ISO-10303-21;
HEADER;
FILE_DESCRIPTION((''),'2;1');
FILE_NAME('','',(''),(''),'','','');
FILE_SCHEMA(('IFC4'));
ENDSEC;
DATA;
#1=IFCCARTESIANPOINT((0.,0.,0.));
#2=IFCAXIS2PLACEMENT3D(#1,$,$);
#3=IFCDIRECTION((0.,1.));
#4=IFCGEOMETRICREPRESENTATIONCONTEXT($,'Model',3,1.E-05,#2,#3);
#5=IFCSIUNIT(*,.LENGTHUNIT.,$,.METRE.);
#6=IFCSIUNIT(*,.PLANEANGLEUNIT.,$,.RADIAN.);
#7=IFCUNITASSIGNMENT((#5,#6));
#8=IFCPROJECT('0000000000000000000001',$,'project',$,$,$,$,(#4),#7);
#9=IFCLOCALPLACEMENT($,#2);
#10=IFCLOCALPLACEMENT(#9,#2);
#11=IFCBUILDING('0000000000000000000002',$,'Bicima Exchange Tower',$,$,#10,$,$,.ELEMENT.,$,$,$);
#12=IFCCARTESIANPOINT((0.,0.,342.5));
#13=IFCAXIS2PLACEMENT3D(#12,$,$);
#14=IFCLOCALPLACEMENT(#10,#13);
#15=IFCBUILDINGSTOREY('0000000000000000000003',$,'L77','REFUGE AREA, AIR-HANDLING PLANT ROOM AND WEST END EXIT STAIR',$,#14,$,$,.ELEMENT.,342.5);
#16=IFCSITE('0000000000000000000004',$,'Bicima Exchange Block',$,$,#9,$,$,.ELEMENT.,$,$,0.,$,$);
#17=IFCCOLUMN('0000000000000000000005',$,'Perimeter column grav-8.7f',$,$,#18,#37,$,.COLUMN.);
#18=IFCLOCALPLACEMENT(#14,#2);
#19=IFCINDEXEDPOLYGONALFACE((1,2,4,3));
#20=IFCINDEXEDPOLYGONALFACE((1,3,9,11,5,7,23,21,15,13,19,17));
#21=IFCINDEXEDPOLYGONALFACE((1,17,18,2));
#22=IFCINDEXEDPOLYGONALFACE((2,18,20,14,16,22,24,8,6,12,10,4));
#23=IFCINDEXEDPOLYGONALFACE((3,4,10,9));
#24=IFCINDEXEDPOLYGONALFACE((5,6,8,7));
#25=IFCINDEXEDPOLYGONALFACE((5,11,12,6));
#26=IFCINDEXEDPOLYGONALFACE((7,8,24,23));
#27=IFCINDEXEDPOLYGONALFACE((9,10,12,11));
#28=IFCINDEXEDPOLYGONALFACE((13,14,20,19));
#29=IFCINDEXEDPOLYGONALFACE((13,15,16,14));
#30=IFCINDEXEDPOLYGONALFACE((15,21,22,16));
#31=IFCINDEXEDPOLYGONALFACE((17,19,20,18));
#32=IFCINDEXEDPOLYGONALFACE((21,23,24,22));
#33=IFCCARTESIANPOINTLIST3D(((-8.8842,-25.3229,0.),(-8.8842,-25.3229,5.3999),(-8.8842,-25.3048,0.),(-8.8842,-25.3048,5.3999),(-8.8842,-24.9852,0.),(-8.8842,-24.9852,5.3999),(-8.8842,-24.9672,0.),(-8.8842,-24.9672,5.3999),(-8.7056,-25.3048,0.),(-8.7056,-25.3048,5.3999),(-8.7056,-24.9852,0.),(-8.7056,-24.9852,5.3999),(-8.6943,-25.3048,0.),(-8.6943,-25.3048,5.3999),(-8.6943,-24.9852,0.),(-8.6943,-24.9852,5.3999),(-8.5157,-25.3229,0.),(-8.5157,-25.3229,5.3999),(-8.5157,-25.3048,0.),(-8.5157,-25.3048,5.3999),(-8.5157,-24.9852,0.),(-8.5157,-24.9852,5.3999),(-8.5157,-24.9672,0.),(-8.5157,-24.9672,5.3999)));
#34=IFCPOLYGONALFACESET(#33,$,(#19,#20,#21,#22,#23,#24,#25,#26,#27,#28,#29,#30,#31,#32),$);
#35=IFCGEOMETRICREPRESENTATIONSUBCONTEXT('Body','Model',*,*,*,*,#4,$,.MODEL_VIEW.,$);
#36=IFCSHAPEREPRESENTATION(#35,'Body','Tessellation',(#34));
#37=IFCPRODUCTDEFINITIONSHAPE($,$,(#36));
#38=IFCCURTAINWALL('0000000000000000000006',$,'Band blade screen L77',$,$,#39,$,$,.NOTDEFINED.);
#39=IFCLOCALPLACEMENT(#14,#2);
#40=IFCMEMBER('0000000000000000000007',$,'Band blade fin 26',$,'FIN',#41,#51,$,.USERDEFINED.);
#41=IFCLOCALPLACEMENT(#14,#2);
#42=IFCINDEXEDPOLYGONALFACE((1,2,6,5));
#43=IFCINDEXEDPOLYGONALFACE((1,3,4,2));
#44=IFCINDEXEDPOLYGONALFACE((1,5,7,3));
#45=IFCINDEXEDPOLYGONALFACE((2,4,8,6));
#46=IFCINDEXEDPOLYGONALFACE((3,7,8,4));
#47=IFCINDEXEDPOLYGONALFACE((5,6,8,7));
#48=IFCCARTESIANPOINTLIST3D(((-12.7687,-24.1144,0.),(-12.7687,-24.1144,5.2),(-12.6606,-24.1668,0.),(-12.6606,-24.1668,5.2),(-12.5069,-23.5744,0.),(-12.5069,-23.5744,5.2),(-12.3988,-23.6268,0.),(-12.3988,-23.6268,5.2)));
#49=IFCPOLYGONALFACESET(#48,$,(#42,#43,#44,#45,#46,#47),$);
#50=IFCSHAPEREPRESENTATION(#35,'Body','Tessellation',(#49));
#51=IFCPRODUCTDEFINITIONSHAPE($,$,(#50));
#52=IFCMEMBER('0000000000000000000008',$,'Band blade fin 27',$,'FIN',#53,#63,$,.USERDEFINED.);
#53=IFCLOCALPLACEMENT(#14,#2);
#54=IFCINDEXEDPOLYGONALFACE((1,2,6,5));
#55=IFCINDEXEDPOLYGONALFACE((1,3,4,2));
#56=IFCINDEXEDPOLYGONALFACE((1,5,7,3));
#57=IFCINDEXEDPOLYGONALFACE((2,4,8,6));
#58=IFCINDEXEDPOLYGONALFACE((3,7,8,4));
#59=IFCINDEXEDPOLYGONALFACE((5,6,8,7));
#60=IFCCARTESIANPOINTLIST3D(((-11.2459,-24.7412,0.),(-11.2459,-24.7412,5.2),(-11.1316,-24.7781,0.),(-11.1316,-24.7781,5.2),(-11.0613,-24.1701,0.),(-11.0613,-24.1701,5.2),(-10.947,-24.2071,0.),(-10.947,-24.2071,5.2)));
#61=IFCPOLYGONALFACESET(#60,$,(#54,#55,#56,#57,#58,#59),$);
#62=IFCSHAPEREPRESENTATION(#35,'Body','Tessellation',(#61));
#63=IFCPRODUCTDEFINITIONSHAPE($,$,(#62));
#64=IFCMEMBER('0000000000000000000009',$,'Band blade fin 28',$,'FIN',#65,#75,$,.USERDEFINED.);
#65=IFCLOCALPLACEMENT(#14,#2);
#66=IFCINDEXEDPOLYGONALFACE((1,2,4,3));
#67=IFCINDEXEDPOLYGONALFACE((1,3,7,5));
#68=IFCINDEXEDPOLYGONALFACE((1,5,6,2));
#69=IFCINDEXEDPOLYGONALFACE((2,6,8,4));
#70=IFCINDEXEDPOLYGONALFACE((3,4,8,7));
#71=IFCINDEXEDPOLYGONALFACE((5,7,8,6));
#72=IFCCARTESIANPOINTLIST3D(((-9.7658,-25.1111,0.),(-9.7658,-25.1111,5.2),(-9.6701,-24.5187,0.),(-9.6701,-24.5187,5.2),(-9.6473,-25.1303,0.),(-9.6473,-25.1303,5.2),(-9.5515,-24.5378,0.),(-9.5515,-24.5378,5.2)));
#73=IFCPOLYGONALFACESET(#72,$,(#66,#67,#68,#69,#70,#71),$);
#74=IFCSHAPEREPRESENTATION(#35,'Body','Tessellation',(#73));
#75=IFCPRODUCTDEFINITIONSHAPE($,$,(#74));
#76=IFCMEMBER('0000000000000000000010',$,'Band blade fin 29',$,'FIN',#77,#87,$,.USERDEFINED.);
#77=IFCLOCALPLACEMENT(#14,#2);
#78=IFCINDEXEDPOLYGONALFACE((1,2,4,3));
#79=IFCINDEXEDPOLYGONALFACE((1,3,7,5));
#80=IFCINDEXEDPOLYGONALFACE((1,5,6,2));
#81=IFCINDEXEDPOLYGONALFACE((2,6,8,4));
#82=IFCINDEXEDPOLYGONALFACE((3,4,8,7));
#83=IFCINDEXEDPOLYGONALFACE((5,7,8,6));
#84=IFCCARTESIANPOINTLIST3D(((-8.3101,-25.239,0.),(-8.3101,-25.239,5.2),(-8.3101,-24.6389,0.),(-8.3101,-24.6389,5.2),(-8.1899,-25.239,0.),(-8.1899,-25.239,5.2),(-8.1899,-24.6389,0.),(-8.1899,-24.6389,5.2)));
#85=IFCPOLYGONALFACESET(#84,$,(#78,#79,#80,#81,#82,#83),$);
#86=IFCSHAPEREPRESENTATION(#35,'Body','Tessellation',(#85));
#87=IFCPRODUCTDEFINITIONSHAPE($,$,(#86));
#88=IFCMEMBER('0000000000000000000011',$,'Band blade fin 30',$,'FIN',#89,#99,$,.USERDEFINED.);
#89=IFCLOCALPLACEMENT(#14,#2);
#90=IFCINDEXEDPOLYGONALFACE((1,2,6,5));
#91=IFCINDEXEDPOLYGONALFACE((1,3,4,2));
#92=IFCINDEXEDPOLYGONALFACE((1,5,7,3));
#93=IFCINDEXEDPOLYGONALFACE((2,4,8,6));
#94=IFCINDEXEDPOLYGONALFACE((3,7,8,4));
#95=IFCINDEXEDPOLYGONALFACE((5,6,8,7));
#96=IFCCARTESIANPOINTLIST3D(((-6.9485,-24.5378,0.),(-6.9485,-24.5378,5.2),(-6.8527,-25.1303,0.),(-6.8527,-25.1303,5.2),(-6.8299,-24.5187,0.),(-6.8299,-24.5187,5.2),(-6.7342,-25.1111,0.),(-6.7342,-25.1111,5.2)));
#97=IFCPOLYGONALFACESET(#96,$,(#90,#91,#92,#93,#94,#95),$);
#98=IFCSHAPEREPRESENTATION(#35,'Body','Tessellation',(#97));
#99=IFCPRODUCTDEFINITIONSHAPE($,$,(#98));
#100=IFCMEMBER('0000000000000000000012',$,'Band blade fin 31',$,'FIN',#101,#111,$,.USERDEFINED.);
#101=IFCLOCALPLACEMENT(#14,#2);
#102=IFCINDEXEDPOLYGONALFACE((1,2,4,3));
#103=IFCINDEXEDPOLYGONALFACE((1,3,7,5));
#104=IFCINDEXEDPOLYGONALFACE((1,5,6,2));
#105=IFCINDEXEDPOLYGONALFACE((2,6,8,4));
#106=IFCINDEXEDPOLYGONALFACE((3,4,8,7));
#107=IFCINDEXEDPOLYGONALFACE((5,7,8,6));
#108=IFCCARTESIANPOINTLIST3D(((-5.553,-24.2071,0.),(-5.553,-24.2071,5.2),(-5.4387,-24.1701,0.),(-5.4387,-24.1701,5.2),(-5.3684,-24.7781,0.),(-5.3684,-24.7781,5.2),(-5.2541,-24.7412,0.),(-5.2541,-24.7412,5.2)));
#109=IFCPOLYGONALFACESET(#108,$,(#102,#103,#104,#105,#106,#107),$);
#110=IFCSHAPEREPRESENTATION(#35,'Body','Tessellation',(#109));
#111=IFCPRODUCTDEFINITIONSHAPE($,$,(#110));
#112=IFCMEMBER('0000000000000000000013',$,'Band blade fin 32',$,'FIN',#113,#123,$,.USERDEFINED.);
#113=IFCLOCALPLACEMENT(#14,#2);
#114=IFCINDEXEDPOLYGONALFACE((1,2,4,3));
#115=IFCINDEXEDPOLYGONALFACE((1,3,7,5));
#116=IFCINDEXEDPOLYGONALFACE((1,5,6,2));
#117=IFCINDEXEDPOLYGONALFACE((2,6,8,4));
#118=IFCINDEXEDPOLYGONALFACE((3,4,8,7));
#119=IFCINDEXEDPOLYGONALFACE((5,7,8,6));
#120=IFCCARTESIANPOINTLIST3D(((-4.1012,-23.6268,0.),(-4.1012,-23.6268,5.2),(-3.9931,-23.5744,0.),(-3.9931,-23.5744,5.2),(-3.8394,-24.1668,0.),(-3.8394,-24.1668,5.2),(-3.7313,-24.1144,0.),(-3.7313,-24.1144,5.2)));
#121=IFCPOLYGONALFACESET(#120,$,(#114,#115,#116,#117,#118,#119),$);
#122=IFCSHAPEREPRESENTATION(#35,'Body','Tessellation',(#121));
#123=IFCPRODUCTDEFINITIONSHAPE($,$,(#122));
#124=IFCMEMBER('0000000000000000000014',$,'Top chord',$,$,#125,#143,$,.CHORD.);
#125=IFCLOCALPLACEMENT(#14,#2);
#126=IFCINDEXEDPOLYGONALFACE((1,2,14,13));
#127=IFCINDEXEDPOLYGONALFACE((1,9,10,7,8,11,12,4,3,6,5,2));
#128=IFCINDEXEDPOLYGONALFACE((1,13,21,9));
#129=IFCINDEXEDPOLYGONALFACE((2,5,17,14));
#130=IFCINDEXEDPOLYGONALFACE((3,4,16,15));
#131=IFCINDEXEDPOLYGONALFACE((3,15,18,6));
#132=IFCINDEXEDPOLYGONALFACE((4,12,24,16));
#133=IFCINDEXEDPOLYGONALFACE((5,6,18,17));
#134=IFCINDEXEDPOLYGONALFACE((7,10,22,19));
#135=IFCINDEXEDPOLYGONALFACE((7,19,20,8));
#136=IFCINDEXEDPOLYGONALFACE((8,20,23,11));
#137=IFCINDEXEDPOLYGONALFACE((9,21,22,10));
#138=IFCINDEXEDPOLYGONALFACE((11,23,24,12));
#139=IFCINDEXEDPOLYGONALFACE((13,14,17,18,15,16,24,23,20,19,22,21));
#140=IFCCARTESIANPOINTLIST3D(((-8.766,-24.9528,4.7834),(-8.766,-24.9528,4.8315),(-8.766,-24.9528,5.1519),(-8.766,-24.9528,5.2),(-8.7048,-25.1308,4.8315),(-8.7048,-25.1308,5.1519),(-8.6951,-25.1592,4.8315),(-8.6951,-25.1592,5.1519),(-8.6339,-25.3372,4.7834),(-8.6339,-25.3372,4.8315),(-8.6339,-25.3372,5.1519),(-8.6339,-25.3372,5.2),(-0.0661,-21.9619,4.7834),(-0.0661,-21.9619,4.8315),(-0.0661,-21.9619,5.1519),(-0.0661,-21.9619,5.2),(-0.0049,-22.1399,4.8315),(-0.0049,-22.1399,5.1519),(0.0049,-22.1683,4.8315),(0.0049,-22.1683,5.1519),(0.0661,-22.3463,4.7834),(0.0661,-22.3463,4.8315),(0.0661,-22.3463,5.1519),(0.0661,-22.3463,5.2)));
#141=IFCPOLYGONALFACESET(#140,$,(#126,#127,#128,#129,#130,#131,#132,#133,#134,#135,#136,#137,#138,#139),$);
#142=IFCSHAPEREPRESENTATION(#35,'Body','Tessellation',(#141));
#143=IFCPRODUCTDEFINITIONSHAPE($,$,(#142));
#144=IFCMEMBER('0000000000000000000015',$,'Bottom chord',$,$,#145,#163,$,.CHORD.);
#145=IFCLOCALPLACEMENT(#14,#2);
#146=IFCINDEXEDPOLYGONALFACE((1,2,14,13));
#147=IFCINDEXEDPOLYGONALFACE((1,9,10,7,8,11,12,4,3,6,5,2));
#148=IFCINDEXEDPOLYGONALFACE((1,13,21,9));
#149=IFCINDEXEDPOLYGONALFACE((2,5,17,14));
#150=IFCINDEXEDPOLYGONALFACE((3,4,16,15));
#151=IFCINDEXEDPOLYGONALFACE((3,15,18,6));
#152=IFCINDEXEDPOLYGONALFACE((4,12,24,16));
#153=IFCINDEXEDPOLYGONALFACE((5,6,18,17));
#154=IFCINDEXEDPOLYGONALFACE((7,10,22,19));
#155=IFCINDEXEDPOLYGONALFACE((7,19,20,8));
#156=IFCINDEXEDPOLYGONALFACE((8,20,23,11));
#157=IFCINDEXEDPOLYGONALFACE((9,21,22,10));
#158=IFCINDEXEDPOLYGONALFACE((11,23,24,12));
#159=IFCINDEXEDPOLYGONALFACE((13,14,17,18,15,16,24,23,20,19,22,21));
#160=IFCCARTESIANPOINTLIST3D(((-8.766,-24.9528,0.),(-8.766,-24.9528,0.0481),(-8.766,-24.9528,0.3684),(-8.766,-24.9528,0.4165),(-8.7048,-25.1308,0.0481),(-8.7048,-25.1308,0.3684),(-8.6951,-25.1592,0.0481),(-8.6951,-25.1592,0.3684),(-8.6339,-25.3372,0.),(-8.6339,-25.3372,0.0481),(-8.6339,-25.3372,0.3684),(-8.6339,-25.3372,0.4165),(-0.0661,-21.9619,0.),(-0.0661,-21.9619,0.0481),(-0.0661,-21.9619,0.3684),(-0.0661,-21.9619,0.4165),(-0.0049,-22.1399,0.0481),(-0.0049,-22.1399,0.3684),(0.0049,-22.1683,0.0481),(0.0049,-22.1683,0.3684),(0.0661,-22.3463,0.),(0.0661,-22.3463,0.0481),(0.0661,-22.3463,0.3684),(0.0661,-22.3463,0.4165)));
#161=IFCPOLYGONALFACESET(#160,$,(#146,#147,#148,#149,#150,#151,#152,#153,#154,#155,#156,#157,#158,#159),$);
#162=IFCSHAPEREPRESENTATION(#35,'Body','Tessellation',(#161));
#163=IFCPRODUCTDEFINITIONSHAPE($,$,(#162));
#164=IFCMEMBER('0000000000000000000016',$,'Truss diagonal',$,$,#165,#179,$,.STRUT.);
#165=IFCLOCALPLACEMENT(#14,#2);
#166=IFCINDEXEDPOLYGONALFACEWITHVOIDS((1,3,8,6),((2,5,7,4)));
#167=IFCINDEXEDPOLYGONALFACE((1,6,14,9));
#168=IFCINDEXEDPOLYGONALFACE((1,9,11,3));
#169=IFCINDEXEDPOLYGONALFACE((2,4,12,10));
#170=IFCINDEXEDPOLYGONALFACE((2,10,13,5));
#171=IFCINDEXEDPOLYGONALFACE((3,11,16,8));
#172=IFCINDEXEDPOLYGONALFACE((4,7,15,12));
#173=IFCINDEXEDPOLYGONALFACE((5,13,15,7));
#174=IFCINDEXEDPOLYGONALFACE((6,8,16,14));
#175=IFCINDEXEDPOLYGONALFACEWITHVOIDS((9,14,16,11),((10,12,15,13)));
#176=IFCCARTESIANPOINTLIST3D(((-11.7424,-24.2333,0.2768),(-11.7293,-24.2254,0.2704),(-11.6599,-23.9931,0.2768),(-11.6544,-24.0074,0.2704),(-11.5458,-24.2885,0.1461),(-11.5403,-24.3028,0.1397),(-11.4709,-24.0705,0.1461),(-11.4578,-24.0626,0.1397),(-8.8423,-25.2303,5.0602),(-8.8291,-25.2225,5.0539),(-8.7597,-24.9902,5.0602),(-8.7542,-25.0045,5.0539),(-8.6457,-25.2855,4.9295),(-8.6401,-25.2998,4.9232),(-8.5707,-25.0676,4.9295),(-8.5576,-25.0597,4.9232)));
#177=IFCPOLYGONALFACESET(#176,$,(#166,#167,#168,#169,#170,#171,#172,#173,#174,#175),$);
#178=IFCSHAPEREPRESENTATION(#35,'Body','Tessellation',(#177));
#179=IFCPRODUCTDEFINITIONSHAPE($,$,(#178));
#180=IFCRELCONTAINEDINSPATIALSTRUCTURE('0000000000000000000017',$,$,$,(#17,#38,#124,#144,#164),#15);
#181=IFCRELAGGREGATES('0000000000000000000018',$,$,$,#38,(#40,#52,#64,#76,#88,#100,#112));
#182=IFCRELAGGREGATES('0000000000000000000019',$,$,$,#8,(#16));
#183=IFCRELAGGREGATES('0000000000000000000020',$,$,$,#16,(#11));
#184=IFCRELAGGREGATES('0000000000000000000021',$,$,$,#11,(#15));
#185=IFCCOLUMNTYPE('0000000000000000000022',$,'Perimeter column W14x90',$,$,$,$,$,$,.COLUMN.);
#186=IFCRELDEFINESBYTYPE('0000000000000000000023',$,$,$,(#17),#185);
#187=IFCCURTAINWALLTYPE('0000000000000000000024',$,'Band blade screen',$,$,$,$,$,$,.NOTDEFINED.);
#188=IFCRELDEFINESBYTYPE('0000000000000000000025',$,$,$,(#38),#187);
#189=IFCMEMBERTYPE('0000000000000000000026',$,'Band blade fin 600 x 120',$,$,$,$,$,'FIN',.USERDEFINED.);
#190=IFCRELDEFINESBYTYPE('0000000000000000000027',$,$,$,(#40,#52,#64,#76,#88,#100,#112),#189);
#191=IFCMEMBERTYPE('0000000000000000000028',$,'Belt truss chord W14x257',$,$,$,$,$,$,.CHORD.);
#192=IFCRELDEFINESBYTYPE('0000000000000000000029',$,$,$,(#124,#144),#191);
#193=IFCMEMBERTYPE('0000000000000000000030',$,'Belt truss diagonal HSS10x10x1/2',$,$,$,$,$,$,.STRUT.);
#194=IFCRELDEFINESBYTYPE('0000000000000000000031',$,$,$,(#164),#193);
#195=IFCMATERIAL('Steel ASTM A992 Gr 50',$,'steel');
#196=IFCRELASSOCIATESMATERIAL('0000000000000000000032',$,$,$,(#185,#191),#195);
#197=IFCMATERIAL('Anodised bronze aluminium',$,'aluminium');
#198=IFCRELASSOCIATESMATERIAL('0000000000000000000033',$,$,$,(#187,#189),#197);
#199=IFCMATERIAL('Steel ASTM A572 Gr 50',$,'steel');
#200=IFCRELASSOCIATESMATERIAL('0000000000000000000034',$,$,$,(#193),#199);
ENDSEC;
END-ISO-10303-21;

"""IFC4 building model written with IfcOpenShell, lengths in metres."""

from ifc_helpers import new_model, si_unit, direction, frame, origin, origin_2d, place, context, subcontext, project, spatial, rectangle, hollow_rectangle, i_section, extrude, material, material_profile, profile_set, type_object, element, aggregate, save


model = new_model("IFC4")

# Units and contexts
model_context = context("Model", 3, precision=1e-05, world=origin(), true_north=direction((0.0, 1.0)))
body_context = subcontext(model_context, "Body", "Model", "MODEL_VIEW")
ifc_project = project(units=[si_unit("LENGTHUNIT", "METRE"), si_unit("PLANEANGLEUNIT", "RADIAN")], contexts=[model_context])

# Site, building, storey
site_placement = place(None, origin())
site = spatial("IfcSite", under=ifc_project, at=site_placement, Name="Bicima Exchange Block", CompositionType="ELEMENT", RefElevation=0.0)
building_placement = place(site_placement, origin())
building = spatial("IfcBuilding", under=site, at=building_placement, Name="Bicima Exchange Tower", CompositionType="ELEMENT")
storey_placement = place(building_placement, frame((0.0, 0.0, 342.5)))
storey = spatial("IfcBuildingStorey", under=building, at=storey_placement, Name="L77", Description="REFUGE AREA, AIR-HANDLING PLANT ROOM AND WEST END EXIT STAIR", CompositionType="ELEMENT", Elevation=342.5)

# Column
ifc_material_1 = material(Name="Steel ASTM A992 Gr 50", Category="steel")
ifc_material_profile_1 = material_profile(ifc_material_1, i_section(OverallWidth=0.3684, OverallDepth=0.3557, WebThickness=0.0112, FlangeThickness=0.0181, at=origin_2d()))
ifc_profile_set_1 = profile_set([ifc_material_profile_1], Name="Steel ASTM A992 Gr 50")
column_type = type_object("IfcColumnType", Name="Perimeter column W14x90", PredefinedType="COLUMN", material=ifc_profile_set_1)
column_placement = place(storey_placement, frame((-8.7, -25.145, 0.0), z_axis=(0.0, 0.0, 1.0), x_axis=(1.0, 0.0, 0.0)))
element("IfcColumn", 1, at=column_placement, inside=storey, type_object=column_type, Name="Perimeter column grav-8.7f", PredefinedType="COLUMN", context=body_context, shape_type="SweptSolid", body=[
    extrude(i_section(OverallWidth=0.3684, OverallDepth=0.3557, WebThickness=0.0112, FlangeThickness=0.0181, at=origin_2d()), origin(), (0.0, 0.0, 1.0), 5.3999),
])

# Curtain wall, members
ifc_material_2 = material(Name="Anodised bronze aluminium", Category="aluminium")
curtain_wall_type = type_object("IfcCurtainWallType", Name="Band blade screen", PredefinedType="NOTDEFINED", material=ifc_material_2)
curtain_wall_placement = place(storey_placement, origin())
curtain_wall = element("IfcCurtainWall", 2, at=curtain_wall_placement, inside=storey, type_object=curtain_wall_type, Name="Band blade screen L77", PredefinedType="NOTDEFINED")
ifc_material_profile_2 = material_profile(ifc_material_2, rectangle(XDim=0.6001, YDim=0.1201, at=origin_2d()))
ifc_profile_set_2 = profile_set([ifc_material_profile_2], Name="Anodised bronze aluminium")
member_type_1 = type_object("IfcMemberType", Name="Band blade fin 600 x 120", ElementType="FIN", PredefinedType="USERDEFINED", material=ifc_profile_set_2)
member_1_placement = place(storey_placement, frame((-12.5837, -23.8706, 0.0), z_axis=(0.0, 0.0, 1.0), x_axis=(0.436287, 0.899808, 0.0)))
member_1 = element("IfcMember", 3, at=member_1_placement, type_object=member_type_1, Name="Band blade fin 26", ObjectType="FIN", PredefinedType="USERDEFINED", context=body_context, shape_type="SweptSolid", body=[
    extrude(rectangle(XDim=0.6001, YDim=0.1201, at=origin_2d()), origin(), (0.0, 0.0, 1.0), 5.2),
])
member_2_placement = place(storey_placement, frame((-11.0964, -24.4741, 0.0), z_axis=(0.0, 0.0, 1.0), x_axis=(0.307553, 0.951531, 0.0)))
member_2 = element("IfcMember", 4, at=member_2_placement, type_object=member_type_1, Name="Band blade fin 27", ObjectType="FIN", PredefinedType="USERDEFINED", context=body_context, shape_type="SweptSolid", body=[
    extrude(rectangle(XDim=0.6001, YDim=0.1201, at=origin_2d()), origin(), (0.0, 0.0, 1.0), 5.2),
])
member_3_placement = place(storey_placement, frame((-9.6587, -24.8245, 0.0), z_axis=(0.0, 0.0, 1.0), x_axis=(0.159533, 0.987193, 0.0)))
member_3 = element("IfcMember", 5, at=member_3_placement, type_object=member_type_1, Name="Band blade fin 28", ObjectType="FIN", PredefinedType="USERDEFINED", context=body_context, shape_type="SweptSolid", body=[
    extrude(rectangle(XDim=0.6001, YDim=0.1201, at=origin_2d()), origin(), (0.0, 0.0, 1.0), 5.2),
])
member_4_placement = place(storey_placement, frame((-8.25, -24.939, 0.0), z_axis=(0.0, 0.0, 1.0), x_axis=(0.0, 1.0, 0.0)))
member_4 = element("IfcMember", 6, at=member_4_placement, type_object=member_type_1, Name="Band blade fin 29", ObjectType="FIN", PredefinedType="USERDEFINED", context=body_context, shape_type="SweptSolid", body=[
    extrude(rectangle(XDim=0.6001, YDim=0.1201, at=origin_2d()), origin(), (0.0, 0.0, 1.0), 5.2),
])
member_5_placement = place(storey_placement, frame((-6.8413, -24.8245, 0.0), z_axis=(0.0, 0.0, 1.0), x_axis=(-0.159533, 0.987193, 0.0)))
member_5 = element("IfcMember", 7, at=member_5_placement, type_object=member_type_1, Name="Band blade fin 30", ObjectType="FIN", PredefinedType="USERDEFINED", context=body_context, shape_type="SweptSolid", body=[
    extrude(rectangle(XDim=0.6001, YDim=0.1201, at=origin_2d()), origin(), (0.0, 0.0, 1.0), 5.2),
])
member_6_placement = place(storey_placement, frame((-5.4036, -24.4741, 0.0), z_axis=(0.0, 0.0, 1.0), x_axis=(-0.307553, 0.951531, 0.0)))
member_6 = element("IfcMember", 8, at=member_6_placement, type_object=member_type_1, Name="Band blade fin 31", ObjectType="FIN", PredefinedType="USERDEFINED", context=body_context, shape_type="SweptSolid", body=[
    extrude(rectangle(XDim=0.6001, YDim=0.1201, at=origin_2d()), origin(), (0.0, 0.0, 1.0), 5.2),
])
member_7_placement = place(storey_placement, frame((-3.9163, -23.8706, 0.0), z_axis=(0.0, 0.0, 1.0), x_axis=(-0.436287, 0.899808, 0.0)))
member_7 = element("IfcMember", 9, at=member_7_placement, type_object=member_type_1, Name="Band blade fin 32", ObjectType="FIN", PredefinedType="USERDEFINED", context=body_context, shape_type="SweptSolid", body=[
    extrude(rectangle(XDim=0.6001, YDim=0.1201, at=origin_2d()), origin(), (0.0, 0.0, 1.0), 5.2),
])
aggregate(curtain_wall, [member_1, member_2, member_3, member_4, member_5, member_6, member_7])

# Members
ifc_material_profile_3 = material_profile(ifc_material_1, i_section(OverallWidth=0.4065, OverallDepth=0.4165, WebThickness=0.03, FlangeThickness=0.0481, at=origin_2d()))
ifc_profile_set_3 = profile_set([ifc_material_profile_3], Name="Steel ASTM A992 Gr 50")
member_type_2 = type_object("IfcMemberType", Name="Belt truss chord W14x257", PredefinedType="CHORD", material=ifc_profile_set_3)
for number, where, z_axis, x_axis, name in (
    (10, (-8.7, -25.145, 4.9917), (0.945675, 0.325115, 0.0), (-0.325115, 0.945675, 0.0), "Top chord"),
    (11, (-8.7, -25.145, 0.2083), (0.945675, 0.325115, 0.0), (-0.325115, 0.945675, 0.0), "Bottom chord"),
):
    element("IfcMember", number, at=place(storey_placement, frame(where, z_axis=z_axis, x_axis=x_axis)), inside=storey, type_object=member_type_2, Name=name, PredefinedType="CHORD", context=body_context, shape_type="SweptSolid", body=[
        extrude(i_section(OverallWidth=0.4065, OverallDepth=0.4165, WebThickness=0.03, FlangeThickness=0.0481, at=origin_2d()), origin(), (0.0, 0.0, 1.0), 9.1997),
    ])
ifc_material_3 = material(Name="Steel ASTM A572 Gr 50", Category="steel")
ifc_material_profile_4 = material_profile(ifc_material_3, hollow_rectangle(XDim=0.2539, YDim=0.2539, WallThickness=0.0117, at=origin_2d()))
ifc_profile_set_4 = profile_set([ifc_material_profile_4], Name="Steel ASTM A572 Gr 50")
member_type_3 = type_object("IfcMemberType", Name="Belt truss diagonal HSS10x10x1/2", PredefinedType="STRUT", material=ifc_profile_set_4)
member_8_placement = place(storey_placement, frame((-11.6001, -24.1479, 0.2083), z_axis=(0.5104, -0.175475, 0.841844), x_axis=(0.325122, 0.945672, 0.0)))
element("IfcMember", 12, at=member_8_placement, inside=storey, type_object=member_type_3, Name="Truss diagonal", PredefinedType="STRUT", context=body_context, shape_type="SweptSolid", body=[
    extrude(hollow_rectangle(XDim=0.2539, YDim=0.2539, WallThickness=0.0117, at=origin_2d()), origin(), (0.0, 0.0, 1.0), 5.6821),
])

save(model, "model.ifc")
